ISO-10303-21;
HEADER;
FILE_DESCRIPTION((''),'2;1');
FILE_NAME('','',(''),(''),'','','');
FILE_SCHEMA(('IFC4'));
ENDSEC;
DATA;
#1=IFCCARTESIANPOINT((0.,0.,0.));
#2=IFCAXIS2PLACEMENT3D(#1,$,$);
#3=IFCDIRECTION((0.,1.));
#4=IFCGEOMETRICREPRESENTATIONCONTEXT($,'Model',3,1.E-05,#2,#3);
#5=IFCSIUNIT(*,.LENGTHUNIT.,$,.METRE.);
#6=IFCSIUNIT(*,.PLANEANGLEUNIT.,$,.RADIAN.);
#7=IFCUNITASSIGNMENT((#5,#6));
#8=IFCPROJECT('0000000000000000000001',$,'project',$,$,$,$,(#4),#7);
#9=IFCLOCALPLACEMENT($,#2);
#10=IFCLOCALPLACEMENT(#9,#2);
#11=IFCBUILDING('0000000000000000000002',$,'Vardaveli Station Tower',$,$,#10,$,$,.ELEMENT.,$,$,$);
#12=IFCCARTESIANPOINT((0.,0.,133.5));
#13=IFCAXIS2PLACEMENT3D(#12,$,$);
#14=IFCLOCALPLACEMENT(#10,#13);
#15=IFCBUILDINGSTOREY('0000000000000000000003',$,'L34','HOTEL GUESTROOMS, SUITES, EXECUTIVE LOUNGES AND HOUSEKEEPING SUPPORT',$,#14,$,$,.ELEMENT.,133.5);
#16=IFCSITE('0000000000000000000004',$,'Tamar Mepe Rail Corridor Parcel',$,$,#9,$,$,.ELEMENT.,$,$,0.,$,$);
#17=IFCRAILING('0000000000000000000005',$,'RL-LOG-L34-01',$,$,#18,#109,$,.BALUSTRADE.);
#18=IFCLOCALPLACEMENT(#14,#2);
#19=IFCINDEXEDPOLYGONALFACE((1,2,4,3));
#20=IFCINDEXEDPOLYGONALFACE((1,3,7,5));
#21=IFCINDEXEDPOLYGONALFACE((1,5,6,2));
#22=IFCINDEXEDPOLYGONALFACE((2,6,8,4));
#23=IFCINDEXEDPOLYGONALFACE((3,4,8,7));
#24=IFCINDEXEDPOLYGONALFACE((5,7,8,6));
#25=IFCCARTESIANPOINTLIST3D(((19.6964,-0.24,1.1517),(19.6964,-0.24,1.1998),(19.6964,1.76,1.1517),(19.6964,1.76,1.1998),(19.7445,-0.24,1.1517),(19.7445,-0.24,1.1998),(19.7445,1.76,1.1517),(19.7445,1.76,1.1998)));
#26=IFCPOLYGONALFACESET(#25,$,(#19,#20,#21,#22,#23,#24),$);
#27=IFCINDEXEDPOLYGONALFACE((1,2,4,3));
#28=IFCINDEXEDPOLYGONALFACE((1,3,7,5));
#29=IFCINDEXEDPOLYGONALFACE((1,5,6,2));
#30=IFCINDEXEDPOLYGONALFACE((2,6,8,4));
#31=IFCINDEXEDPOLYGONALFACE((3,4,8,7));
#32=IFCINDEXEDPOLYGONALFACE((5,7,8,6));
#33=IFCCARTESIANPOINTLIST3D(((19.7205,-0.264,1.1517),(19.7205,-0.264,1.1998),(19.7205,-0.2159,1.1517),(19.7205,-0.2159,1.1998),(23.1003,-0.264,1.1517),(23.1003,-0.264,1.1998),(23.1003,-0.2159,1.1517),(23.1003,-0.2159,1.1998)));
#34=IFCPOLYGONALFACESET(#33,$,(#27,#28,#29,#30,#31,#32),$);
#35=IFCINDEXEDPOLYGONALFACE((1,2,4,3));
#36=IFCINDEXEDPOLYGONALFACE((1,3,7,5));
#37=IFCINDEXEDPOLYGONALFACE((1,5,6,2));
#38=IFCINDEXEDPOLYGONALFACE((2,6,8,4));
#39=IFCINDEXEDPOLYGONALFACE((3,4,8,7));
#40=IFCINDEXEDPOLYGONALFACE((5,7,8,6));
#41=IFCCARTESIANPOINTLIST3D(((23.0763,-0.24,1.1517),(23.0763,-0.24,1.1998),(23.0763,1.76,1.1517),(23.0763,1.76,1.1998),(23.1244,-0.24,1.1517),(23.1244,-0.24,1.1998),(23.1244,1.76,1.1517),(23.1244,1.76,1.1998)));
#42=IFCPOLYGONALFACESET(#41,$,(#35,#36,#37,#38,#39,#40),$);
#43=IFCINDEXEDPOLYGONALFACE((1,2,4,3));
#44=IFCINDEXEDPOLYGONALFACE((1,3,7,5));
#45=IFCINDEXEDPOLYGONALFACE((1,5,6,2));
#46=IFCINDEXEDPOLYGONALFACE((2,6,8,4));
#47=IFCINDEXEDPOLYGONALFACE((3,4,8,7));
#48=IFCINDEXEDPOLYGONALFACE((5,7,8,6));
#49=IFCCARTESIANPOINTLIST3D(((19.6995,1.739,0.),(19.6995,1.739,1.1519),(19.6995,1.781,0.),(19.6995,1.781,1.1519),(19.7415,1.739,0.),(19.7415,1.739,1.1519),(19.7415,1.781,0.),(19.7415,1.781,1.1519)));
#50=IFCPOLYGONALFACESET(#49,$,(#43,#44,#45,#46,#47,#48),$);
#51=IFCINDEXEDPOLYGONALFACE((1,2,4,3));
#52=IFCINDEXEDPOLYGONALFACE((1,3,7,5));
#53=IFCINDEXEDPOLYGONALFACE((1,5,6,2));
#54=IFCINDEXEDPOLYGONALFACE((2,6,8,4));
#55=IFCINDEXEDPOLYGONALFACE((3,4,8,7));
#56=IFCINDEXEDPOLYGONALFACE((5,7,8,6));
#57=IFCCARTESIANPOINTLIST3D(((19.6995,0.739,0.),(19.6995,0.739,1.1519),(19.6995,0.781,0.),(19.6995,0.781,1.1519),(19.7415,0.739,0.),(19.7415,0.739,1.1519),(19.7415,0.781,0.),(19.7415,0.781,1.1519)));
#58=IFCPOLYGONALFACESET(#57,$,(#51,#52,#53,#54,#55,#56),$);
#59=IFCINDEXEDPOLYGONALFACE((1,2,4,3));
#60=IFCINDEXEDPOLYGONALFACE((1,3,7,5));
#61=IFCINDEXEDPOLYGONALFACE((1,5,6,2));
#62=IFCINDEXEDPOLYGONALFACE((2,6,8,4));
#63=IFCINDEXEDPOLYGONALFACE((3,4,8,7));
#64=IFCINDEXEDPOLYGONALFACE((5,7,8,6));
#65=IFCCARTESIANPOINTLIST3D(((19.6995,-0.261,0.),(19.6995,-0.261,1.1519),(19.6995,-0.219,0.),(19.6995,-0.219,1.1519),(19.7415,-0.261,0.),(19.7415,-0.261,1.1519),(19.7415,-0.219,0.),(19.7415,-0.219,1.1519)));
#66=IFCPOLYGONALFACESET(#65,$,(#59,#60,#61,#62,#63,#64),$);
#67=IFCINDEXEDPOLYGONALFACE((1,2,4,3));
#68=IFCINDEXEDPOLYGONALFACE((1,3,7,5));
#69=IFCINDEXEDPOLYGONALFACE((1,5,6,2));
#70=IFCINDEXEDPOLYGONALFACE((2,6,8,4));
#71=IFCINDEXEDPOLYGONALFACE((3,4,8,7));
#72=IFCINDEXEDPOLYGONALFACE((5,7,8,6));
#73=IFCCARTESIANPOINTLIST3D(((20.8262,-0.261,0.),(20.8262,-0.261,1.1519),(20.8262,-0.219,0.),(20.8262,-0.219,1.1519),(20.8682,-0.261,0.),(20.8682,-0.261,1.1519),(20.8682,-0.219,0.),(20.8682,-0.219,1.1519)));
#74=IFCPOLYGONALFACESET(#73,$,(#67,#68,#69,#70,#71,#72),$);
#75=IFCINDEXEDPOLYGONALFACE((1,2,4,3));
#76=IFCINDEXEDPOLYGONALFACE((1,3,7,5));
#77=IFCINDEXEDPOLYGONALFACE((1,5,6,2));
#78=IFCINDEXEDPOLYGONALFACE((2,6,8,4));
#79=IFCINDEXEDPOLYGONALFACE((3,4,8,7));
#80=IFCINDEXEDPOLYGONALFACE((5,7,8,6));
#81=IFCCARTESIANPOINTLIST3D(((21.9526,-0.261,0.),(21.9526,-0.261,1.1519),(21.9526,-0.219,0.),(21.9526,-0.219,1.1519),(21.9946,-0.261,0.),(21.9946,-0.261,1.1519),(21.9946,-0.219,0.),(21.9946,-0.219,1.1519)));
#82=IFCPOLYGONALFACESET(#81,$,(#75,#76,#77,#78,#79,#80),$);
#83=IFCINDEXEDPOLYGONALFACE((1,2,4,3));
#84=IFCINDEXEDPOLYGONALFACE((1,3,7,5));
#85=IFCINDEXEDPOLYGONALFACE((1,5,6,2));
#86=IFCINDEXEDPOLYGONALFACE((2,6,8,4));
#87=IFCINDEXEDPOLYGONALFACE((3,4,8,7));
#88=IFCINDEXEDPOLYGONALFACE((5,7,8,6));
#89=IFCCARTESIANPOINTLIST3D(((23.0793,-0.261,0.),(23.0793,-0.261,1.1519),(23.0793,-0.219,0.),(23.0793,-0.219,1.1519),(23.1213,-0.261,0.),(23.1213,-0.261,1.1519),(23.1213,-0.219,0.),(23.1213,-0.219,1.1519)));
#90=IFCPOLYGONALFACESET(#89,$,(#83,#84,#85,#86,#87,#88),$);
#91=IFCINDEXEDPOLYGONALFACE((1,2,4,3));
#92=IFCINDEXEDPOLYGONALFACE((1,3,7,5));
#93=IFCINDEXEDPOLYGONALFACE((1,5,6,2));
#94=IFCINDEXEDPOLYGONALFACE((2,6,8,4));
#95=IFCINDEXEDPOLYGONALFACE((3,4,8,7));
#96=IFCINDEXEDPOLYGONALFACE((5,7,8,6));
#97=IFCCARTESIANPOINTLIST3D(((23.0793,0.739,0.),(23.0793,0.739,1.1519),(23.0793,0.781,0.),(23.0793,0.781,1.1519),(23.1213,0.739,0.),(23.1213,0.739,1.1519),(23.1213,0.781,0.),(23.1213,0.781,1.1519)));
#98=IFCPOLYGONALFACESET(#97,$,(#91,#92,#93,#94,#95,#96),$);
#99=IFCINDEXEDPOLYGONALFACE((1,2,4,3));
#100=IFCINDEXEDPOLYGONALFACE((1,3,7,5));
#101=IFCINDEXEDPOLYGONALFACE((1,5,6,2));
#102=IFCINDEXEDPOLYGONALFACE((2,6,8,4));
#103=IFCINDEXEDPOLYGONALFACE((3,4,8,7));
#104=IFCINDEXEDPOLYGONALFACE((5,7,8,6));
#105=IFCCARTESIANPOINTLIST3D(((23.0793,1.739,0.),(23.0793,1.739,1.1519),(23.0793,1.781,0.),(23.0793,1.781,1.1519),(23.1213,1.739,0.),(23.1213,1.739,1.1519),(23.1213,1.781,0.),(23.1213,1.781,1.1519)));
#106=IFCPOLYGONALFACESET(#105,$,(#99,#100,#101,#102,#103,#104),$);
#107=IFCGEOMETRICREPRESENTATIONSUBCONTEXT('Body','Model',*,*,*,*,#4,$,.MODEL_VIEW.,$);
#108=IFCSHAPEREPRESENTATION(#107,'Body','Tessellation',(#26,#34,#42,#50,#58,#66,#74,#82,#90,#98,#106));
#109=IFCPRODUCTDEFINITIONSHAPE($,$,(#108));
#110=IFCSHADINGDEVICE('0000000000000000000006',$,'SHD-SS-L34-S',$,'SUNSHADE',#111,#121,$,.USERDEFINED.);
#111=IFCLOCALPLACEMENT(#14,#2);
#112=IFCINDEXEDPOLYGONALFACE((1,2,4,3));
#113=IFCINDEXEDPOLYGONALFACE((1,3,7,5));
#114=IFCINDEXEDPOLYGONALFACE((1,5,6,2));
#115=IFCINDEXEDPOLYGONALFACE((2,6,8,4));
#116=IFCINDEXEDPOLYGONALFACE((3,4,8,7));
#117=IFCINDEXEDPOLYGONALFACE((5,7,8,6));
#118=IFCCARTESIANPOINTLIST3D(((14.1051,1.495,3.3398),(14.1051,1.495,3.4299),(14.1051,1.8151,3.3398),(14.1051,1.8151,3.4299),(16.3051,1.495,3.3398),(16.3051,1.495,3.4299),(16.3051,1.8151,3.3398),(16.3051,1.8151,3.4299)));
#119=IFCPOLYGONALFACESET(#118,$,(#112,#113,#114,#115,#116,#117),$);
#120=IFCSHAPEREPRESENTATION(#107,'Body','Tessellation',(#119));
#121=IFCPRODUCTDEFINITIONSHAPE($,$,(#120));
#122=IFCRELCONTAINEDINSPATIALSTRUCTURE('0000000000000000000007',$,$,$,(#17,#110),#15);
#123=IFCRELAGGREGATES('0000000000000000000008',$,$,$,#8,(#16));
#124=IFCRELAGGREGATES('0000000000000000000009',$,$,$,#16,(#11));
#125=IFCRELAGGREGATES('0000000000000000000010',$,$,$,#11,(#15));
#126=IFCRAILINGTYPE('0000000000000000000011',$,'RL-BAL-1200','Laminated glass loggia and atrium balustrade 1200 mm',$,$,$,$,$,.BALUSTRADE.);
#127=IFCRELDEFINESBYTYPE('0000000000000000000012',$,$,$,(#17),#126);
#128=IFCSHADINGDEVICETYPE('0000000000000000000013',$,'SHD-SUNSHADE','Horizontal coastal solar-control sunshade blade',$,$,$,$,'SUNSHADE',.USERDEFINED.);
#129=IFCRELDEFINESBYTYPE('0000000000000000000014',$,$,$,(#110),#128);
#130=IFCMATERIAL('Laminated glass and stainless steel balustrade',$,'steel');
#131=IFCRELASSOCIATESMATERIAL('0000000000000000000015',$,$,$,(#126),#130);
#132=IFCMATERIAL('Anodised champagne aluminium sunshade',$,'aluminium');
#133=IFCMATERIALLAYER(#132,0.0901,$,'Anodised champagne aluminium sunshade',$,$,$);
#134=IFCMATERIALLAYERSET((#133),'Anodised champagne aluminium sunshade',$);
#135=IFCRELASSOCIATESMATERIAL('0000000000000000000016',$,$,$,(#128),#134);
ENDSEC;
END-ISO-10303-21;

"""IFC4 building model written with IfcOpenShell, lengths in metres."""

from ifc_helpers import new_model, si_unit, direction, frame, origin, origin_2d, place, context, subcontext, project, spatial, rectangle, extrude, source, transform, mapped, material, layer, layer_set, type_object, element, save


model = new_model("IFC4")

# Units and contexts
model_context = context("Model", 3, precision=1e-05, world=origin(), true_north=direction((0.0, 1.0)))
body_context = subcontext(model_context, "Body", "Model", "MODEL_VIEW")
ifc_project = project(units=[si_unit("LENGTHUNIT", "METRE"), si_unit("PLANEANGLEUNIT", "RADIAN")], contexts=[model_context])

# Site, building, storey
site_placement = place(None, origin())
site = spatial("IfcSite", under=ifc_project, at=site_placement, Name="Tamar Mepe Rail Corridor Parcel", CompositionType="ELEMENT", RefElevation=0.0)
building_placement = place(site_placement, origin())
building = spatial("IfcBuilding", under=site, at=building_placement, Name="Vardaveli Station Tower", CompositionType="ELEMENT")
storey_placement = place(building_placement, frame((0.0, 0.0, 133.5)))
storey = spatial("IfcBuildingStorey", under=building, at=storey_placement, Name="L34", Description="HOTEL GUESTROOMS, SUITES, EXECUTIVE LOUNGES AND HOUSEKEEPING SUPPORT", CompositionType="ELEMENT", Elevation=133.5)

# Railing
ifc_material_1 = material(Name="Laminated glass and stainless steel balustrade", Category="steel")
railing_type = type_object("IfcRailingType", Name="RL-BAL-1200", Description="Laminated glass loggia and atrium balustrade 1200 mm", PredefinedType="BALUSTRADE", material=ifc_material_1)
shared_shape_1 = source(origin(), body_context, "Body", "SweptSolid", [
    extrude(rectangle(XDim=0.0481, YDim=0.0481, at=origin_2d()), frame((0.0, 0.0, 1.1758), z_axis=(0.0, -1.0, 0.0), x_axis=(1.0, 0.0, 0.0)), (0.0, 0.0, 1.0), 2.0),
    extrude(rectangle(XDim=0.0481, YDim=0.0481, at=origin_2d()), frame((0.0, -2.0, 1.1758), z_axis=(1.0, 0.0, 0.0), x_axis=(0.0, 1.0, 0.0)), (0.0, 0.0, 1.0), 3.3799),
    extrude(rectangle(XDim=0.0481, YDim=0.0481, at=origin_2d()), frame((3.3799, -2.0, 1.1758), z_axis=(0.0, 1.0, 0.0), x_axis=(-1.0, 0.0, 0.0)), (0.0, 0.0, 1.0), 2.0),
    extrude(rectangle(XDim=0.042, YDim=0.042, at=origin_2d()), origin(), (0.0, 0.0, 1.0), 1.1519),
    extrude(rectangle(XDim=0.042, YDim=0.042, at=origin_2d()), frame((0.0, -1.0, 0.0)), (0.0, 0.0, 1.0), 1.1519),
    extrude(rectangle(XDim=0.042, YDim=0.042, at=origin_2d()), frame((0.0, -2.0, 0.0)), (0.0, 0.0, 1.0), 1.1519),
    extrude(rectangle(XDim=0.042, YDim=0.042, at=origin_2d()), frame((1.1267, -2.0, 0.0)), (0.0, 0.0, 1.0), 1.1519),
    extrude(rectangle(XDim=0.042, YDim=0.042, at=origin_2d()), frame((2.2532, -2.0, 0.0)), (0.0, 0.0, 1.0), 1.1519),
    extrude(rectangle(XDim=0.042, YDim=0.042, at=origin_2d()), frame((3.3799, -2.0, 0.0)), (0.0, 0.0, 1.0), 1.1519),
    extrude(rectangle(XDim=0.042, YDim=0.042, at=origin_2d()), frame((3.3799, -1.0, 0.0)), (0.0, 0.0, 1.0), 1.1519),
    extrude(rectangle(XDim=0.042, YDim=0.042, at=origin_2d()), frame((3.3799, 0.0, 0.0)), (0.0, 0.0, 1.0), 1.1519),
])
railing_placement = place(storey_placement, frame((19.7205, 1.76, 0.0)))
element("IfcRailing", 1, at=railing_placement, inside=storey, type_object=railing_type, Name="RL-LOG-L34-01", PredefinedType="BALUSTRADE", context=body_context, shape_type="MappedRepresentation", body=[
    mapped(shared_shape_1, transform((0.0, 0.0, 0.0), scale=1.0)),
])

# Shading device
ifc_material_2 = material(Name="Anodised champagne aluminium sunshade", Category="aluminium")
ifc_layer_1 = layer(ifc_material_2, 0.0901, Name="Anodised champagne aluminium sunshade")
ifc_layer_set_1 = layer_set([ifc_layer_1], Name="Anodised champagne aluminium sunshade")
shading_device_type = type_object("IfcShadingDeviceType", Name="SHD-SUNSHADE", Description="Horizontal coastal solar-control sunshade blade", ElementType="SUNSHADE", PredefinedType="USERDEFINED", material=ifc_layer_set_1)
shared_shape_2 = source(origin(), body_context, "Body", "SweptSolid", [
    extrude(rectangle(XDim=2.2, YDim=0.3201, at=origin_2d()), origin(), (0.0, 0.0, 1.0), 0.0901),
])
shading_device_placement = place(storey_placement, frame((15.2051, 1.655, 3.3398), z_axis=(0.0, 0.0, 1.0), x_axis=(1.0, 0.0, 0.0)))
element("IfcShadingDevice", 2, at=shading_device_placement, inside=storey, type_object=shading_device_type, Name="SHD-SS-L34-S", ObjectType="SUNSHADE", PredefinedType="USERDEFINED", context=body_context, shape_type="MappedRepresentation", body=[
    mapped(shared_shape_2, transform((0.0, 0.0, 0.0), scale=1.0)),
])

save(model, "model.ifc")
